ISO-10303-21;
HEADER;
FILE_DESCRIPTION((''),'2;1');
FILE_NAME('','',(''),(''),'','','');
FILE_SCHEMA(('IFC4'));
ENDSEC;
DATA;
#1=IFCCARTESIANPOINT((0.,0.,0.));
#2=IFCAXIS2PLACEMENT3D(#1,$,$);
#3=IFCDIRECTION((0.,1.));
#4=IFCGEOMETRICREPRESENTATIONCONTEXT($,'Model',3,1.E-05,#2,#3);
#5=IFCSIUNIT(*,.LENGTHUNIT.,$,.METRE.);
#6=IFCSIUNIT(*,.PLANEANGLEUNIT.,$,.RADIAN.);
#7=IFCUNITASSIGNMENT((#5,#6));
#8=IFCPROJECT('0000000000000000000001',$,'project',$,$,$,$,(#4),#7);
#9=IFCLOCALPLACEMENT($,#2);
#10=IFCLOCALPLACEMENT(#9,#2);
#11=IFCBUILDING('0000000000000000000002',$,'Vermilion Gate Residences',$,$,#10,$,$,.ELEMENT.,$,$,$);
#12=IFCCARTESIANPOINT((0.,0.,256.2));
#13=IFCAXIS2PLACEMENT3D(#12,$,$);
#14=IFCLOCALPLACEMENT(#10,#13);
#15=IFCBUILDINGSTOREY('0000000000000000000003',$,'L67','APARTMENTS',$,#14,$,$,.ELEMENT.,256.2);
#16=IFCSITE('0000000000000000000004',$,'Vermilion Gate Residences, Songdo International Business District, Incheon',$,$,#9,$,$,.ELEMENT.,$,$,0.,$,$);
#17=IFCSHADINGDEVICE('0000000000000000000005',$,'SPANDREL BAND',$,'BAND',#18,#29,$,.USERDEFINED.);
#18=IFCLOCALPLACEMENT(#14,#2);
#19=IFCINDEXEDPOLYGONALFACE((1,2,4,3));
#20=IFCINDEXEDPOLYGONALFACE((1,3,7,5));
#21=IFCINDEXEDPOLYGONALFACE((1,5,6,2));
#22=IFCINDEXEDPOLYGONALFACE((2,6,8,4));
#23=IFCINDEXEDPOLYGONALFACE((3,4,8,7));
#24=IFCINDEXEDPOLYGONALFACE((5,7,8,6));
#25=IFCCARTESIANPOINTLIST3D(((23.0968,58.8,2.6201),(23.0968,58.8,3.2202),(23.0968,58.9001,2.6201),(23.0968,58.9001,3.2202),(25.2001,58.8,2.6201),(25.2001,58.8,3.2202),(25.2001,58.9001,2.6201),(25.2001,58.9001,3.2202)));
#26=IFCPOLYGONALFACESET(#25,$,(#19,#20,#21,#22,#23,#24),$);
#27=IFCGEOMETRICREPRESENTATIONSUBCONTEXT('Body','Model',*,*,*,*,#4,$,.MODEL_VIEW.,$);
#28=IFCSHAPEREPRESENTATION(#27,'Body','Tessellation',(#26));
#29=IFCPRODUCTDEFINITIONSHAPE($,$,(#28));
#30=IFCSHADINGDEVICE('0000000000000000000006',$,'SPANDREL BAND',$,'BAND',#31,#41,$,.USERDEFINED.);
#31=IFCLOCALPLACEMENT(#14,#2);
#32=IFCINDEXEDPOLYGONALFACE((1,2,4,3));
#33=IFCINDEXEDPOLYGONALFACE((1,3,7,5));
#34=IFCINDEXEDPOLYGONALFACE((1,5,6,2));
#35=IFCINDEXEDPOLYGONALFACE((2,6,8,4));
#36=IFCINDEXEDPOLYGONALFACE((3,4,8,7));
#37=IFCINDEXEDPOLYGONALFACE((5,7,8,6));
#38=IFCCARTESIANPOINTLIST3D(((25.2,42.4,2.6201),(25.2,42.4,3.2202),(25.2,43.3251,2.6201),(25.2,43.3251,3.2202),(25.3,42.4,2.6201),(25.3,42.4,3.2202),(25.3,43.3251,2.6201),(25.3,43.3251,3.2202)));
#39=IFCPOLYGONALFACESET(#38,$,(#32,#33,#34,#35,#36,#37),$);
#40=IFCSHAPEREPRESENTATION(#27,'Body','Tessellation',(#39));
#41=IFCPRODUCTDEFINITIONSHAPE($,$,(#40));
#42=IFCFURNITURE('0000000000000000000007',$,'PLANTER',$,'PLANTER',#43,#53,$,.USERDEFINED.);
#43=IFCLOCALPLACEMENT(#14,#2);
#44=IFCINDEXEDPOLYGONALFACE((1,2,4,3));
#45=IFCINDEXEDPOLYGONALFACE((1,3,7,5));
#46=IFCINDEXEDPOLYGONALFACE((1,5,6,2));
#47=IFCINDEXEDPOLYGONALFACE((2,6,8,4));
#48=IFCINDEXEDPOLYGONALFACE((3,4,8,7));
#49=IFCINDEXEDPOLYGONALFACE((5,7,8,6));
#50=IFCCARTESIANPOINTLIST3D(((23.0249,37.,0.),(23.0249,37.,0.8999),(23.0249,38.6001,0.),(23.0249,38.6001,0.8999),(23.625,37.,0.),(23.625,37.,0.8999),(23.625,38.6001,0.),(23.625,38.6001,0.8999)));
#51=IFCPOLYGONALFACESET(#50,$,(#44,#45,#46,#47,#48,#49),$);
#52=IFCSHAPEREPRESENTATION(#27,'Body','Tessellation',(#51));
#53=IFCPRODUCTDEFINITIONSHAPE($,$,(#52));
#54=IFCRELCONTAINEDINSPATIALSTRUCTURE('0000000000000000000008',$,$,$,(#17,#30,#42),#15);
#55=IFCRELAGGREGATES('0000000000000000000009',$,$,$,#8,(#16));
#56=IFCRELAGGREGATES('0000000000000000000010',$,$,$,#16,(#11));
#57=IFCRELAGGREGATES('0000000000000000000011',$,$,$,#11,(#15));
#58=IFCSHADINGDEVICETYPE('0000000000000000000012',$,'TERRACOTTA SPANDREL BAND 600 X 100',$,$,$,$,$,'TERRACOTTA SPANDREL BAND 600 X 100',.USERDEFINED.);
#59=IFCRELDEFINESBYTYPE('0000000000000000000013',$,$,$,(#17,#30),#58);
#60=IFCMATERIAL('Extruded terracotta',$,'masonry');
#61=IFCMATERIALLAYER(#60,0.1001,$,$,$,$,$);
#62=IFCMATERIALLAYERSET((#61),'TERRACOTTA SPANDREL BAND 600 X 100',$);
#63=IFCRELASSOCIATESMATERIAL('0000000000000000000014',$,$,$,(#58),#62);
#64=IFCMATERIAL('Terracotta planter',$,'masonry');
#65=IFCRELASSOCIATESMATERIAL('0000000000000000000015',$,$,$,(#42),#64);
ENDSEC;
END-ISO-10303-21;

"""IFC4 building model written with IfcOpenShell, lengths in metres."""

from ifc_helpers import new_model, si_unit, direction, frame, origin, origin_2d, place, context, subcontext, project, spatial, rectangle, extrude, material, layer, layer_set, type_object, element, save


model = new_model("IFC4")

# Units and contexts
model_context = context("Model", 3, precision=1e-05, world=origin(), true_north=direction((0.0, 1.0)))
body_context = subcontext(model_context, "Body", "Model", "MODEL_VIEW")
ifc_project = project(units=[si_unit("LENGTHUNIT", "METRE"), si_unit("PLANEANGLEUNIT", "RADIAN")], contexts=[model_context])

# Site, building, storey
site_placement = place(None, origin())
site = spatial("IfcSite", under=ifc_project, at=site_placement, Name="Vermilion Gate Residences, Songdo International Business District, Incheon", CompositionType="ELEMENT", RefElevation=0.0)
building_placement = place(site_placement, origin())
building = spatial("IfcBuilding", under=site, at=building_placement, Name="Vermilion Gate Residences", CompositionType="ELEMENT")
storey_placement = place(building_placement, frame((0.0, 0.0, 256.2)))
storey = spatial("IfcBuildingStorey", under=building, at=storey_placement, Name="L67", Description="APARTMENTS", CompositionType="ELEMENT", Elevation=256.2)

# Shading devices
ifc_material_1 = material(Name="Extruded terracotta", Category="masonry")
ifc_layer_1 = layer(ifc_material_1, 0.1001)
ifc_layer_set_1 = layer_set([ifc_layer_1], Name="TERRACOTTA SPANDREL BAND 600 X 100")
shading_device_type = type_object("IfcShadingDeviceType", Name="TERRACOTTA SPANDREL BAND 600 X 100", ElementType="TERRACOTTA SPANDREL BAND 600 X 100", PredefinedType="USERDEFINED", material=ifc_layer_set_1)
shading_device_1_placement = place(storey_placement, frame((24.1484, 58.8501, 2.6201), z_axis=(0.0, 0.0, 1.0), x_axis=(1.0, 0.0, 0.0)))
element("IfcShadingDevice", 1, at=shading_device_1_placement, inside=storey, type_object=shading_device_type, Name="SPANDREL BAND", ObjectType="BAND", PredefinedType="USERDEFINED", context=body_context, shape_type="SweptSolid", body=[
    extrude(rectangle(XDim=2.1033, YDim=0.1001, at=origin_2d()), origin(), (0.0, 0.0, 1.0), 0.6001),
])
shading_device_2_placement = place(storey_placement, frame((25.25, 42.8625, 2.6201), z_axis=(0.0, 0.0, 1.0), x_axis=(0.0, 1.0, 0.0)))
element("IfcShadingDevice", 2, at=shading_device_2_placement, inside=storey, type_object=shading_device_type, Name="SPANDREL BAND", ObjectType="BAND", PredefinedType="USERDEFINED", context=body_context, shape_type="SweptSolid", body=[
    extrude(rectangle(XDim=0.925, YDim=0.1001, at=origin_2d()), origin(), (0.0, 0.0, 1.0), 0.6001),
])

# Furniture
ifc_material_2 = material(Name="Terracotta planter", Category="masonry")
furniture_placement = place(storey_placement, frame((23.325, 37.8, 0.0), z_axis=(0.0, 0.0, 1.0), x_axis=(0.0, 1.0, 0.0)))
element("IfcFurniture", 3, at=furniture_placement, inside=storey, material=ifc_material_2, Name="PLANTER", ObjectType="PLANTER", PredefinedType="USERDEFINED", context=body_context, shape_type="SweptSolid", body=[
    extrude(rectangle(XDim=1.6001, YDim=0.6001, at=origin_2d()), origin(), (0.0, 0.0, 1.0), 0.8999),
])

save(model, "model.ifc")
